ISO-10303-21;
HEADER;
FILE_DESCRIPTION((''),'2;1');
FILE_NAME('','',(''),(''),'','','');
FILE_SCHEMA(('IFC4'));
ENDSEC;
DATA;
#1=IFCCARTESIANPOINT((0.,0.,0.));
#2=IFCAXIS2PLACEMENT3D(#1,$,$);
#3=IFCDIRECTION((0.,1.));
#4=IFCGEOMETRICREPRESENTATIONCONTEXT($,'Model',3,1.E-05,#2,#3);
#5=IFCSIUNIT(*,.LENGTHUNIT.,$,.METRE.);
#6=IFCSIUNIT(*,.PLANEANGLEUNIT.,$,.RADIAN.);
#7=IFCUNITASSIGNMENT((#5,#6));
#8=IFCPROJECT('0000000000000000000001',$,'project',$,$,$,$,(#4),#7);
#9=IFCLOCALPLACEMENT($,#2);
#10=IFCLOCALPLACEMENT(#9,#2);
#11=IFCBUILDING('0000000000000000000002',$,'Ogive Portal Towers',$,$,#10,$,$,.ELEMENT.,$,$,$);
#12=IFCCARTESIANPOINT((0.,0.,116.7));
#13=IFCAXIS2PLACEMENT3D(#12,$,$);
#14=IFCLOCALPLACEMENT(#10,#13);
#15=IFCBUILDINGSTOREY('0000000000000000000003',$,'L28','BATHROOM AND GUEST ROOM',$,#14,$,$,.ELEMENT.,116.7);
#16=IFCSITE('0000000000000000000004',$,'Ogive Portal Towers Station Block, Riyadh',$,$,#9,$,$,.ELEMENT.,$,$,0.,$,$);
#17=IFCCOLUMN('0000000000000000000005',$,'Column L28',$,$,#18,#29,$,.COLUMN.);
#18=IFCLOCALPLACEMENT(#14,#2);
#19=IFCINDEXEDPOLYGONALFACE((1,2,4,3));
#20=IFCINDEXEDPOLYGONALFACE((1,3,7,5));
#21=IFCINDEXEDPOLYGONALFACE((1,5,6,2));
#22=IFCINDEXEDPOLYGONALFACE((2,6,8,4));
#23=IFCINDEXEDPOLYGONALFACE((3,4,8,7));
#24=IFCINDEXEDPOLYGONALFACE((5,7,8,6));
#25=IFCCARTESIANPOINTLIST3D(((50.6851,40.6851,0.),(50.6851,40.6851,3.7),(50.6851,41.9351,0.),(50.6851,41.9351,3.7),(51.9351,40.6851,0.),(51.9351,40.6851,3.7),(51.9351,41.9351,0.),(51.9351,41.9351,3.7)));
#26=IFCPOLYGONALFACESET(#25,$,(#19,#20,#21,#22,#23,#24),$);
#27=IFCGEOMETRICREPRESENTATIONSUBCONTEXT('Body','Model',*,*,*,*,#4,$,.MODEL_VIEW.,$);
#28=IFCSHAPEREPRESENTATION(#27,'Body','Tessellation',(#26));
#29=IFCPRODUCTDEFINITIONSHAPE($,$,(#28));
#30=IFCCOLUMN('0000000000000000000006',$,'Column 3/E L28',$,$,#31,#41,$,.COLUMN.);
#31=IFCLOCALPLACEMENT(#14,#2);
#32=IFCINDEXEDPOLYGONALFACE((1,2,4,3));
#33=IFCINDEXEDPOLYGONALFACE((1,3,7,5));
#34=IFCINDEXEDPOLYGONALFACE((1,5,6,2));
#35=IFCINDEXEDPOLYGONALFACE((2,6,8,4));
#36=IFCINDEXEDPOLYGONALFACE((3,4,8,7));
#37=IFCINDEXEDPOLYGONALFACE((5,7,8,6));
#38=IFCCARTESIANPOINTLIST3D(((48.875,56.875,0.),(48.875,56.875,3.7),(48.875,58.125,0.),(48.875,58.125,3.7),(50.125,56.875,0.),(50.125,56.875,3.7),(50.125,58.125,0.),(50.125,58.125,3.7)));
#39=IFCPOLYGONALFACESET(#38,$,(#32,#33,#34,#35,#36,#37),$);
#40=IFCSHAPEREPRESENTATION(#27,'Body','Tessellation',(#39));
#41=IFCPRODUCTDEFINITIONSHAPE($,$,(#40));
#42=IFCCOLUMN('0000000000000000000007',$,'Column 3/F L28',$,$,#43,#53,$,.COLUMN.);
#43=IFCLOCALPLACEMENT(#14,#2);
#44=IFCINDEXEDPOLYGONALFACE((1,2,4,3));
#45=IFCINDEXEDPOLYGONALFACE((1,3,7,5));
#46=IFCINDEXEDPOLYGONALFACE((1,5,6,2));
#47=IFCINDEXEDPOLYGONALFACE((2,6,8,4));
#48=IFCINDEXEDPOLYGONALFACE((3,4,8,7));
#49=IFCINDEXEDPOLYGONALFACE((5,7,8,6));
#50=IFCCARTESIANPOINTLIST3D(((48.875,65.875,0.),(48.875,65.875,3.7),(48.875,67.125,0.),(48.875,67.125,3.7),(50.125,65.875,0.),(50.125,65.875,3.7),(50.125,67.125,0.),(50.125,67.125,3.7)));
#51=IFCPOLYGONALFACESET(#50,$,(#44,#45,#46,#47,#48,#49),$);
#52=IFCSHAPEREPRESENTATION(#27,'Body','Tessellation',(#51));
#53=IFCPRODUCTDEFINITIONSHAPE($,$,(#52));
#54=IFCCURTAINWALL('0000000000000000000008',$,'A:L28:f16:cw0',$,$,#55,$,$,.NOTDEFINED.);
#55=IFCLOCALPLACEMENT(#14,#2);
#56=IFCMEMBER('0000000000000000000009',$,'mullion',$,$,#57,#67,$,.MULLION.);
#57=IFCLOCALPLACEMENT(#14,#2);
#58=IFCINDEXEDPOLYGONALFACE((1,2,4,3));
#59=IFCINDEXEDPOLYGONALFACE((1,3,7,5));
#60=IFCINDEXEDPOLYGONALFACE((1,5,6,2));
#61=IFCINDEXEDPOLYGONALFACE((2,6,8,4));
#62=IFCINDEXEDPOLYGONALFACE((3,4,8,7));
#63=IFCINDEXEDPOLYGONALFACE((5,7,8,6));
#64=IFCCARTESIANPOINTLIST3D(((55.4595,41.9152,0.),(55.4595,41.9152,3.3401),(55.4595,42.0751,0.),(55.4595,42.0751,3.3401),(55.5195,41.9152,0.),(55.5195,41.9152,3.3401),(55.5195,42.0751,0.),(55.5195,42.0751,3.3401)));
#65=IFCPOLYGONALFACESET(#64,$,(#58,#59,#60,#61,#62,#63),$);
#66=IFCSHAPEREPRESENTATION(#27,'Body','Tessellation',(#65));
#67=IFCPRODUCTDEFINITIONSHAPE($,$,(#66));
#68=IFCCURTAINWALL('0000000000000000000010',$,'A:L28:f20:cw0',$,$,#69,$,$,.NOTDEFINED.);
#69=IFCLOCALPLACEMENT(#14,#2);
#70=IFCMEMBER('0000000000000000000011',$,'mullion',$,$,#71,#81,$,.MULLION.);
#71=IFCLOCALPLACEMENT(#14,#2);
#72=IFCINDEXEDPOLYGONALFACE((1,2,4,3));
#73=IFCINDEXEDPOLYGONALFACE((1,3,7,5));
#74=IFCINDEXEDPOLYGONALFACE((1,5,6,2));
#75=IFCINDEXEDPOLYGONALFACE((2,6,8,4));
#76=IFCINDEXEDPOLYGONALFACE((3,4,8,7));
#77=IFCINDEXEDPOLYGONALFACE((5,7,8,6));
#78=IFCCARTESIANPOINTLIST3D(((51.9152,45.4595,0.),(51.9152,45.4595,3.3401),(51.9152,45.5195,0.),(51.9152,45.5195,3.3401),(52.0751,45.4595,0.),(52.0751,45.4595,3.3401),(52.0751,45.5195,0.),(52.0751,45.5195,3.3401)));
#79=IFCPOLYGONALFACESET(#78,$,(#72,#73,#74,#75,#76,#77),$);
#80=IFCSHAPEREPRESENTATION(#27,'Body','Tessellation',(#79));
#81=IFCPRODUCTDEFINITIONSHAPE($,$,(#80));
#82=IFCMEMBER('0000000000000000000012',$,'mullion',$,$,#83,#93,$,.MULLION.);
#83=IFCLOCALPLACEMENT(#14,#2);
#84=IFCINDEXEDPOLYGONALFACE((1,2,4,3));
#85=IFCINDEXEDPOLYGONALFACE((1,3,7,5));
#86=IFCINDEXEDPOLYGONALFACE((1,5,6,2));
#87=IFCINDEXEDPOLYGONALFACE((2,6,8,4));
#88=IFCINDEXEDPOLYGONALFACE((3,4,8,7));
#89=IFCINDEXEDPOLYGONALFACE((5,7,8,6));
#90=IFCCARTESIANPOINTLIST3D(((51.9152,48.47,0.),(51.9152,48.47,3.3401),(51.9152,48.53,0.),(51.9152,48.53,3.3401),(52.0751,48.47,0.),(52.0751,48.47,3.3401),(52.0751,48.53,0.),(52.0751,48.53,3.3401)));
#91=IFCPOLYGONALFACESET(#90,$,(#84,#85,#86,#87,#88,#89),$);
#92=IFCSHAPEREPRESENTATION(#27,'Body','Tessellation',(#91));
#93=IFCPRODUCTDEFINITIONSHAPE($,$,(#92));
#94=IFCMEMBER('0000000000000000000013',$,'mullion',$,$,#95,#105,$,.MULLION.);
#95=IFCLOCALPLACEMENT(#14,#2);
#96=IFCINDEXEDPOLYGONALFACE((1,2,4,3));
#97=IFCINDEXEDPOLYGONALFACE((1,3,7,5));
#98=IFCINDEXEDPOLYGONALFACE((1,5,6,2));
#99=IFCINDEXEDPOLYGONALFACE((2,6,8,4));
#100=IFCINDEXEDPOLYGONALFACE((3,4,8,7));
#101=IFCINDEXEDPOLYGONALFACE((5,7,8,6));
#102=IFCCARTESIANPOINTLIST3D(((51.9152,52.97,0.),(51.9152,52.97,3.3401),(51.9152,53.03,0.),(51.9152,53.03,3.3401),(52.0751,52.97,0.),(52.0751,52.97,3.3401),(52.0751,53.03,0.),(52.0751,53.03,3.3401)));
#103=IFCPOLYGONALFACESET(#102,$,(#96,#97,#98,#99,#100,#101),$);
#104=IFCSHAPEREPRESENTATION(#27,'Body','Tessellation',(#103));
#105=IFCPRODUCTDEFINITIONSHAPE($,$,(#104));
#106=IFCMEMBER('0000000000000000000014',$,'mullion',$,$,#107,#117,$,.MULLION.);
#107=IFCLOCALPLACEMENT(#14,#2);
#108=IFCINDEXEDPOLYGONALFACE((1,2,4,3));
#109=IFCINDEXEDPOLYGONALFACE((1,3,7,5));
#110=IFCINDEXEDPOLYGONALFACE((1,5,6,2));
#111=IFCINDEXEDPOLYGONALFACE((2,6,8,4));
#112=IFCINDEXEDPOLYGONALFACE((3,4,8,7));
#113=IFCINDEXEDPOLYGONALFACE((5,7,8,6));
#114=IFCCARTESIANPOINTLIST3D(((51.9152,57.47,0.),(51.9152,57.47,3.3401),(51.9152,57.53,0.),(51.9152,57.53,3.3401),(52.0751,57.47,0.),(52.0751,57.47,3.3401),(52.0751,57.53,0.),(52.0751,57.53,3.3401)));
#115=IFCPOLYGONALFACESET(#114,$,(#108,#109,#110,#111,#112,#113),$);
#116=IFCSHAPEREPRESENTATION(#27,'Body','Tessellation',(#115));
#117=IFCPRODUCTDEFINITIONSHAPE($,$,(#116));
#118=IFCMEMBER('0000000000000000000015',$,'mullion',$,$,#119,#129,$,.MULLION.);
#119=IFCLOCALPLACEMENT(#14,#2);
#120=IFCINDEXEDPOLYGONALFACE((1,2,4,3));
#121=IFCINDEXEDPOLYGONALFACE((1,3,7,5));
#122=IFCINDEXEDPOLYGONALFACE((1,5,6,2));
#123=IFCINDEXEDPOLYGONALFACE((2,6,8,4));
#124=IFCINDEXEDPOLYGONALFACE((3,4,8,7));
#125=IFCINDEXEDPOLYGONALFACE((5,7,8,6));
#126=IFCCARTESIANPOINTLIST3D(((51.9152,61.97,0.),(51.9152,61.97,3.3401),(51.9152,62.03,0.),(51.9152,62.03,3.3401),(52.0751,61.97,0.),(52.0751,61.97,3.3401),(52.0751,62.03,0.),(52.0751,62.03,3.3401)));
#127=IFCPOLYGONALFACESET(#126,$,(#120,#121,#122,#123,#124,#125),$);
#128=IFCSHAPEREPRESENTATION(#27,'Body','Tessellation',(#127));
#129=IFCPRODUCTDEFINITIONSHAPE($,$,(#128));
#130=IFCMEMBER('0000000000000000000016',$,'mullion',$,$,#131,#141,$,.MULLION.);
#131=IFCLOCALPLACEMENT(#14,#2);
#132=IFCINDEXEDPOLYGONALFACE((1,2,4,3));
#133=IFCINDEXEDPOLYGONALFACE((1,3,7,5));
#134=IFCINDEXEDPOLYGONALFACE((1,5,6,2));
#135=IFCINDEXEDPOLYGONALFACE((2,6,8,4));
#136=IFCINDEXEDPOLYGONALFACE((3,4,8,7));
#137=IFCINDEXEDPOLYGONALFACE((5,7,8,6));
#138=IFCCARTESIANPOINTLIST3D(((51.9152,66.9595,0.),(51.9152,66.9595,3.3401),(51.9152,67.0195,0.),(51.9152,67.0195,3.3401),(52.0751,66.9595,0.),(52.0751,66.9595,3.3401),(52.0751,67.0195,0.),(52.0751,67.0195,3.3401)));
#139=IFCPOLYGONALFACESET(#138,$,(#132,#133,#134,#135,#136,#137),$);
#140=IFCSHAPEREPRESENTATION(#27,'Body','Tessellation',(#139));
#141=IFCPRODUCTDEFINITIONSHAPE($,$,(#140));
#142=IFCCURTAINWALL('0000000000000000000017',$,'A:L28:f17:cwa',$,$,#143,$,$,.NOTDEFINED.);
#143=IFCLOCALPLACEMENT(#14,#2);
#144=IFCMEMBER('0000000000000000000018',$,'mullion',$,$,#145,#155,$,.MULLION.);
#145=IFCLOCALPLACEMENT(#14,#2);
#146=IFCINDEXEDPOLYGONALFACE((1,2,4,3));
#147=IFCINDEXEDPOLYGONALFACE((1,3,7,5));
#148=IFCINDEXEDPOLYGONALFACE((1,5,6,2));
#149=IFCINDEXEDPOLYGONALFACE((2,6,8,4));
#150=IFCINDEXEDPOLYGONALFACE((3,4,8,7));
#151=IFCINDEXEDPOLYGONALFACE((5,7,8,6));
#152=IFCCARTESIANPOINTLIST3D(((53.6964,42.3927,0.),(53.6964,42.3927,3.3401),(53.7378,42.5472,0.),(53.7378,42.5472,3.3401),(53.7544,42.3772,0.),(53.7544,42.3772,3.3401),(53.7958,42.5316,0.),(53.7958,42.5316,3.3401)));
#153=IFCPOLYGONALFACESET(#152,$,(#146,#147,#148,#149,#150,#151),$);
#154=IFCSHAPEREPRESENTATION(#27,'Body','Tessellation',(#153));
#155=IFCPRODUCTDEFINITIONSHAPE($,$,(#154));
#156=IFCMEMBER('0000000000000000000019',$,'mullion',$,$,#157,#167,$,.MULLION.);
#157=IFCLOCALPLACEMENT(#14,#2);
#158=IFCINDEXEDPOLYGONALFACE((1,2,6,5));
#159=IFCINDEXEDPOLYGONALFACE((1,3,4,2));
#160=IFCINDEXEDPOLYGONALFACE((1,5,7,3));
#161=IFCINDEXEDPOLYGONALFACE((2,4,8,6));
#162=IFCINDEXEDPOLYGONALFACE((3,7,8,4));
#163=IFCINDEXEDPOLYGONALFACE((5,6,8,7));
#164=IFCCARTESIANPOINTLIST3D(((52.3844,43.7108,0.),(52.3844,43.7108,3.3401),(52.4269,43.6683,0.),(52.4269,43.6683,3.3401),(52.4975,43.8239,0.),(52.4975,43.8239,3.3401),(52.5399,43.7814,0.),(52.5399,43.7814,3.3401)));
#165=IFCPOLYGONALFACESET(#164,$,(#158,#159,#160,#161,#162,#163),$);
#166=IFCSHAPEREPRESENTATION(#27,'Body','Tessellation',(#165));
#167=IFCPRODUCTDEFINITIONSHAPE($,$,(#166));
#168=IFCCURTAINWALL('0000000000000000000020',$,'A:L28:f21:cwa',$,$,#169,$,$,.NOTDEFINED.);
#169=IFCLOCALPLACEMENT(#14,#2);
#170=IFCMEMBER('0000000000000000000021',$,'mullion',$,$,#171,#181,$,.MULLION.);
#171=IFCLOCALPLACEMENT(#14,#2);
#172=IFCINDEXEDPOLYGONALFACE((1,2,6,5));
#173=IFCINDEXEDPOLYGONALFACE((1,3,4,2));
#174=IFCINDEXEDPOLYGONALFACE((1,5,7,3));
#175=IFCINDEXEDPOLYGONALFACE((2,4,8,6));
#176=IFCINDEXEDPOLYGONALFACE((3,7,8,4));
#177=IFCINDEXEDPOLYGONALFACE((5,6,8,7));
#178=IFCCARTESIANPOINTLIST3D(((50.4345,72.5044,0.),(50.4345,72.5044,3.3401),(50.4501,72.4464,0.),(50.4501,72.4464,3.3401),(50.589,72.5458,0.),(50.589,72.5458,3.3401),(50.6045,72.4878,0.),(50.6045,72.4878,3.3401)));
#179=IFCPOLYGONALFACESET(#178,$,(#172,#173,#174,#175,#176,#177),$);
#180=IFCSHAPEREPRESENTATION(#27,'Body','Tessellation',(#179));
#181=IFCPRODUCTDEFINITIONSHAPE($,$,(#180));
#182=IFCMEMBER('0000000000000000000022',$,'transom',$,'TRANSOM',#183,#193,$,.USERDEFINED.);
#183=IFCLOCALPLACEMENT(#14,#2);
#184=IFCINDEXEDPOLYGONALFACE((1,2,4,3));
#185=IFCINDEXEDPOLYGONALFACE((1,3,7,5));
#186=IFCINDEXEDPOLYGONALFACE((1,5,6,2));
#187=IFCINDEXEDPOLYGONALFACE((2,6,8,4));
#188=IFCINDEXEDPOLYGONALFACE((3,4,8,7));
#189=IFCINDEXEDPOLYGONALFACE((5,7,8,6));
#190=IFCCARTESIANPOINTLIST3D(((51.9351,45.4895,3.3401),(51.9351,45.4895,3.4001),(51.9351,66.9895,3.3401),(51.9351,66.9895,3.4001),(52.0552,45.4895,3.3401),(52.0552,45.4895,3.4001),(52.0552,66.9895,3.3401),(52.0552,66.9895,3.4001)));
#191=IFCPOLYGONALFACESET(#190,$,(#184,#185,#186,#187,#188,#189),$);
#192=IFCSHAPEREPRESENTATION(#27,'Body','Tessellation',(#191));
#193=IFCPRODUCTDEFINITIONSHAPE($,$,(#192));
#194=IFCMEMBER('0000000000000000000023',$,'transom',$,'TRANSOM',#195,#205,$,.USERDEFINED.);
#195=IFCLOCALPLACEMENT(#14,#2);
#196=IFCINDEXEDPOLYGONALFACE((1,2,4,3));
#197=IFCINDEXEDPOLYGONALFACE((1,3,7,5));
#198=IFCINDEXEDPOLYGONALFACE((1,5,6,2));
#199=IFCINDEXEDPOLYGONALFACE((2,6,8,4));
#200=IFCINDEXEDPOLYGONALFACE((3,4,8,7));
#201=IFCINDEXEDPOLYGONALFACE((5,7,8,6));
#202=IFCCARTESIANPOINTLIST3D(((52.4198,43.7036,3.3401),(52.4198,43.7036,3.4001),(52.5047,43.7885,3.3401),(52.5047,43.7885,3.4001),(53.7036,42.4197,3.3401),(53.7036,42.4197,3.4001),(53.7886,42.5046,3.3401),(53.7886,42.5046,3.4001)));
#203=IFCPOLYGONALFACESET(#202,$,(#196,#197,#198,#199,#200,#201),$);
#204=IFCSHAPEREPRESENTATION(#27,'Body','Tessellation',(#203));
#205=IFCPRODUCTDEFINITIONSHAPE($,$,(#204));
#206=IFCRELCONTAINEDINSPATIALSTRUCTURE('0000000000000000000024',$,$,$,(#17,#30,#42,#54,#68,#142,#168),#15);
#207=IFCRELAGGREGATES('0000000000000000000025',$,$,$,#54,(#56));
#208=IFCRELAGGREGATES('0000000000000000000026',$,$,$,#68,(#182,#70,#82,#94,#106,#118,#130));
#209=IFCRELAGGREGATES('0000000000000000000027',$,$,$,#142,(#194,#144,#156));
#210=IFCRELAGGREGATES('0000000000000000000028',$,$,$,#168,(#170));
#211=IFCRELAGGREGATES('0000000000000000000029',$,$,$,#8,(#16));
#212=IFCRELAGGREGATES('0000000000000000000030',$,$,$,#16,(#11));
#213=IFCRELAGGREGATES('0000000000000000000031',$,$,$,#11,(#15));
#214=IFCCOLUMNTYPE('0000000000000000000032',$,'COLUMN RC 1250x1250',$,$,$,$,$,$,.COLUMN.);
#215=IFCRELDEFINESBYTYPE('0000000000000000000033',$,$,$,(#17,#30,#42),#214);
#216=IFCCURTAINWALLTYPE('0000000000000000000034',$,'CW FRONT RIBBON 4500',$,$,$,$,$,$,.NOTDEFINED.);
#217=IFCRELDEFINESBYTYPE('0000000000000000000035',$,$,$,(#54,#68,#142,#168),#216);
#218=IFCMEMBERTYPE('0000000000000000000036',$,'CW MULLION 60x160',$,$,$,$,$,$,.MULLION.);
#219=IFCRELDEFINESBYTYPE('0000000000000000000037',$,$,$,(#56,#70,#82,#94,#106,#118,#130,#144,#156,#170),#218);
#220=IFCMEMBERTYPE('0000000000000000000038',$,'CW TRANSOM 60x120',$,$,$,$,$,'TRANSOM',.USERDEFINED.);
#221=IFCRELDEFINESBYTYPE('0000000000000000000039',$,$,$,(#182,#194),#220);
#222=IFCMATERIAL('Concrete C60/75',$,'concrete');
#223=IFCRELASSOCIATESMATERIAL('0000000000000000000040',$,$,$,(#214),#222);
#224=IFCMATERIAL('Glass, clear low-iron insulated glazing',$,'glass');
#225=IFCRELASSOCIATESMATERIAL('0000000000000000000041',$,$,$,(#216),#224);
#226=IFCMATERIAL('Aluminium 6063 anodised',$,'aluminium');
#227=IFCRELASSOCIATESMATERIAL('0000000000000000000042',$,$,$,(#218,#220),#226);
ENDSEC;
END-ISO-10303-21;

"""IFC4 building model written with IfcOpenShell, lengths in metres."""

from ifc_helpers import new_model, si_unit, direction, frame, origin, origin_2d, place, context, subcontext, project, spatial, rectangle, extrude, material, material_profile, profile_set, type_object, element, aggregate, save


model = new_model("IFC4")

# Units and contexts
model_context = context("Model", 3, precision=1e-05, world=origin(), true_north=direction((0.0, 1.0)))
body_context = subcontext(model_context, "Body", "Model", "MODEL_VIEW")
ifc_project = project(units=[si_unit("LENGTHUNIT", "METRE"), si_unit("PLANEANGLEUNIT", "RADIAN")], contexts=[model_context])

# Site, building, storey
site_placement = place(None, origin())
site = spatial("IfcSite", under=ifc_project, at=site_placement, Name="Ogive Portal Towers Station Block, Riyadh", CompositionType="ELEMENT", RefElevation=0.0)
building_placement = place(site_placement, origin())
building = spatial("IfcBuilding", under=site, at=building_placement, Name="Ogive Portal Towers", CompositionType="ELEMENT")
storey_placement = place(building_placement, frame((0.0, 0.0, 116.7)))
storey = spatial("IfcBuildingStorey", under=building, at=storey_placement, Name="L28", Description="BATHROOM AND GUEST ROOM", CompositionType="ELEMENT", Elevation=116.7)

# Columns
ifc_material_1 = material(Name="Concrete C60/75", Category="concrete")
ifc_material_profile_1 = material_profile(ifc_material_1, rectangle(XDim=1.25, YDim=1.25, at=origin_2d()), Name="RC 1250x1250")
ifc_profile_set_1 = profile_set([ifc_material_profile_1], Name="Concrete C60/75")
column_type = type_object("IfcColumnType", Name="COLUMN RC 1250x1250", PredefinedType="COLUMN", material=ifc_profile_set_1)
for number, where, z_axis, x_axis, name in (
    (1, (51.3101, 41.3101, 0.0), (0.0, 0.0, 1.0), (1.0, 0.0, 0.0), "Column L28"),
    (2, (49.5, 57.5, 0.0), (0.0, 0.0, 1.0), (1.0, 0.0, 0.0), "Column 3/E L28"),
    (3, (49.5, 66.5, 0.0), (0.0, 0.0, 1.0), (1.0, 0.0, 0.0), "Column 3/F L28"),
):
    element("IfcColumn", number, at=place(storey_placement, frame(where, z_axis=z_axis, x_axis=x_axis)), inside=storey, type_object=column_type, Name=name, PredefinedType="COLUMN", context=body_context, shape_type="SweptSolid", body=[
        extrude(rectangle(XDim=1.25, YDim=1.25, at=origin_2d()), origin(), (0.0, 0.0, 1.0), 3.7),
    ])

# Curtain wall, member
ifc_material_2 = material(Name="Glass, clear low-iron insulated glazing", Category="glass")
curtain_wall_type = type_object("IfcCurtainWallType", Name="CW FRONT RIBBON 4500", PredefinedType="NOTDEFINED", material=ifc_material_2)
curtain_wall_1_placement = place(storey_placement, origin())
curtain_wall_1 = element("IfcCurtainWall", 4, at=curtain_wall_1_placement, inside=storey, type_object=curtain_wall_type, Name="A:L28:f16:cw0", PredefinedType="NOTDEFINED")
ifc_material_3 = material(Name="Aluminium 6063 anodised", Category="aluminium")
ifc_material_profile_2 = material_profile(ifc_material_3, rectangle(XDim=0.1599, YDim=0.0601, at=origin_2d()), Name="AL 60x160")
ifc_profile_set_2 = profile_set([ifc_material_profile_2], Name="Aluminium 6063 anodised")
member_type_1 = type_object("IfcMemberType", Name="CW MULLION 60x160", PredefinedType="MULLION", material=ifc_profile_set_2)
member_1_placement = place(storey_placement, frame((55.4895, 41.9951, 0.0), z_axis=(0.0, 0.0, 1.0), x_axis=(0.0, -1.0, 0.0)))
member_1 = element("IfcMember", 5, at=member_1_placement, type_object=member_type_1, Name="mullion", PredefinedType="MULLION", context=body_context, shape_type="SweptSolid", body=[
    extrude(rectangle(XDim=0.1599, YDim=0.0601, at=origin_2d()), origin(), (0.0, 0.0, 1.0), 3.3401),
])
aggregate(curtain_wall_1, [member_1])

# Curtain walls, members
curtain_wall_2_placement = place(storey_placement, origin())
curtain_wall_2 = element("IfcCurtainWall", 6, at=curtain_wall_2_placement, inside=storey, type_object=curtain_wall_type, Name="A:L28:f20:cw0", PredefinedType="NOTDEFINED")
member_2_placement = place(storey_placement, frame((51.9951, 45.4895, 0.0), z_axis=(0.0, 0.0, 1.0), x_axis=(-1.0, 0.0, 0.0)))
member_2 = element("IfcMember", 7, at=member_2_placement, type_object=member_type_1, Name="mullion", PredefinedType="MULLION", context=body_context, shape_type="SweptSolid", body=[
    extrude(rectangle(XDim=0.1599, YDim=0.0601, at=origin_2d()), origin(), (0.0, 0.0, 1.0), 3.3401),
])
member_3_placement = place(storey_placement, frame((51.9951, 48.5, 0.0), z_axis=(0.0, 0.0, 1.0), x_axis=(-1.0, 0.0, 0.0)))
member_3 = element("IfcMember", 8, at=member_3_placement, type_object=member_type_1, Name="mullion", PredefinedType="MULLION", context=body_context, shape_type="SweptSolid", body=[
    extrude(rectangle(XDim=0.1599, YDim=0.0601, at=origin_2d()), origin(), (0.0, 0.0, 1.0), 3.3401),
])
member_4_placement = place(storey_placement, frame((51.9951, 53.0, 0.0), z_axis=(0.0, 0.0, 1.0), x_axis=(-1.0, 0.0, 0.0)))
member_4 = element("IfcMember", 9, at=member_4_placement, type_object=member_type_1, Name="mullion", PredefinedType="MULLION", context=body_context, shape_type="SweptSolid", body=[
    extrude(rectangle(XDim=0.1599, YDim=0.0601, at=origin_2d()), origin(), (0.0, 0.0, 1.0), 3.3401),
])
member_5_placement = place(storey_placement, frame((51.9951, 57.5, 0.0), z_axis=(0.0, 0.0, 1.0), x_axis=(-1.0, 0.0, 0.0)))
member_5 = element("IfcMember", 10, at=member_5_placement, type_object=member_type_1, Name="mullion", PredefinedType="MULLION", context=body_context, shape_type="SweptSolid", body=[
    extrude(rectangle(XDim=0.1599, YDim=0.0601, at=origin_2d()), origin(), (0.0, 0.0, 1.0), 3.3401),
])
member_6_placement = place(storey_placement, frame((51.9951, 62.0, 0.0), z_axis=(0.0, 0.0, 1.0), x_axis=(-1.0, 0.0, 0.0)))
member_6 = element("IfcMember", 11, at=member_6_placement, type_object=member_type_1, Name="mullion", PredefinedType="MULLION", context=body_context, shape_type="SweptSolid", body=[
    extrude(rectangle(XDim=0.1599, YDim=0.0601, at=origin_2d()), origin(), (0.0, 0.0, 1.0), 3.3401),
])
member_7_placement = place(storey_placement, frame((51.9951, 66.9895, 0.0), z_axis=(0.0, 0.0, 1.0), x_axis=(-1.0, 0.0, 0.0)))
member_7 = element("IfcMember", 12, at=member_7_placement, type_object=member_type_1, Name="mullion", PredefinedType="MULLION", context=body_context, shape_type="SweptSolid", body=[
    extrude(rectangle(XDim=0.1599, YDim=0.0601, at=origin_2d()), origin(), (0.0, 0.0, 1.0), 3.3401),
])
curtain_wall_3_placement = place(storey_placement, origin())
curtain_wall_3 = element("IfcCurtainWall", 13, at=curtain_wall_3_placement, inside=storey, type_object=curtain_wall_type, Name="A:L28:f17:cwa", PredefinedType="NOTDEFINED")
member_8_placement = place(storey_placement, frame((53.7461, 42.4622, 0.0), z_axis=(0.0, 0.0, 1.0), x_axis=(-0.258819, -0.965926, 0.0)))
member_8 = element("IfcMember", 14, at=member_8_placement, type_object=member_type_1, Name="mullion", PredefinedType="MULLION", context=body_context, shape_type="SweptSolid", body=[
    extrude(rectangle(XDim=0.1599, YDim=0.0601, at=origin_2d()), origin(), (0.0, 0.0, 1.0), 3.3401),
])
member_9_placement = place(storey_placement, frame((52.4622, 43.7461, 0.0), z_axis=(0.0, 0.0, 1.0), x_axis=(-0.707107, -0.707107, 0.0)))
member_9 = element("IfcMember", 15, at=member_9_placement, type_object=member_type_1, Name="mullion", PredefinedType="MULLION", context=body_context, shape_type="SweptSolid", body=[
    extrude(rectangle(XDim=0.1599, YDim=0.0601, at=origin_2d()), origin(), (0.0, 0.0, 1.0), 3.3401),
])

# Curtain wall, member
curtain_wall_4_placement = place(storey_placement, origin())
curtain_wall_4 = element("IfcCurtainWall", 16, at=curtain_wall_4_placement, inside=storey, type_object=curtain_wall_type, Name="A:L28:f21:cwa", PredefinedType="NOTDEFINED")
member_10_placement = place(storey_placement, frame((50.5195, 72.4961, 0.0), z_axis=(0.0, 0.0, 1.0), x_axis=(-0.965926, -0.258819, 0.0)))
member_10 = element("IfcMember", 17, at=member_10_placement, type_object=member_type_1, Name="mullion", PredefinedType="MULLION", context=body_context, shape_type="SweptSolid", body=[
    extrude(rectangle(XDim=0.1599, YDim=0.0601, at=origin_2d()), origin(), (0.0, 0.0, 1.0), 3.3401),
])

# Members
ifc_material_profile_3 = material_profile(ifc_material_3, rectangle(XDim=0.1201, YDim=0.0601, at=origin_2d()), Name="AL 120x60")
ifc_profile_set_3 = profile_set([ifc_material_profile_3], Name="Aluminium 6063 anodised")
member_type_2 = type_object("IfcMemberType", Name="CW TRANSOM 60x120", ElementType="TRANSOM", PredefinedType="USERDEFINED", material=ifc_profile_set_3)
member_11_placement = place(storey_placement, frame((51.9951, 45.4895, 3.3701), z_axis=(0.0, 1.0, 0.0), x_axis=(-1.0, 0.0, 0.0)))
member_11 = element("IfcMember", 18, at=member_11_placement, type_object=member_type_2, Name="transom", ObjectType="TRANSOM", PredefinedType="USERDEFINED", context=body_context, shape_type="SweptSolid", body=[
    extrude(rectangle(XDim=0.1201, YDim=0.0601, at=origin_2d()), origin(), (0.0, 0.0, 1.0), 21.5),
])
member_12_placement = place(storey_placement, frame((53.7461, 42.4622, 3.3701), z_axis=(-0.707107, 0.707107, 0.0), x_axis=(-0.707107, -0.707107, 0.0)))
member_12 = element("IfcMember", 19, at=member_12_placement, type_object=member_type_2, Name="transom", ObjectType="TRANSOM", PredefinedType="USERDEFINED", context=body_context, shape_type="SweptSolid", body=[
    extrude(rectangle(XDim=0.1201, YDim=0.0601, at=origin_2d()), origin(), (0.0, 0.0, 1.0), 1.8157),
])

aggregate(curtain_wall_2, [member_11, member_2, member_3, member_4, member_5, member_6, member_7])
aggregate(curtain_wall_3, [member_12, member_8, member_9])
aggregate(curtain_wall_4, [member_10])

save(model, "model.ifc")
